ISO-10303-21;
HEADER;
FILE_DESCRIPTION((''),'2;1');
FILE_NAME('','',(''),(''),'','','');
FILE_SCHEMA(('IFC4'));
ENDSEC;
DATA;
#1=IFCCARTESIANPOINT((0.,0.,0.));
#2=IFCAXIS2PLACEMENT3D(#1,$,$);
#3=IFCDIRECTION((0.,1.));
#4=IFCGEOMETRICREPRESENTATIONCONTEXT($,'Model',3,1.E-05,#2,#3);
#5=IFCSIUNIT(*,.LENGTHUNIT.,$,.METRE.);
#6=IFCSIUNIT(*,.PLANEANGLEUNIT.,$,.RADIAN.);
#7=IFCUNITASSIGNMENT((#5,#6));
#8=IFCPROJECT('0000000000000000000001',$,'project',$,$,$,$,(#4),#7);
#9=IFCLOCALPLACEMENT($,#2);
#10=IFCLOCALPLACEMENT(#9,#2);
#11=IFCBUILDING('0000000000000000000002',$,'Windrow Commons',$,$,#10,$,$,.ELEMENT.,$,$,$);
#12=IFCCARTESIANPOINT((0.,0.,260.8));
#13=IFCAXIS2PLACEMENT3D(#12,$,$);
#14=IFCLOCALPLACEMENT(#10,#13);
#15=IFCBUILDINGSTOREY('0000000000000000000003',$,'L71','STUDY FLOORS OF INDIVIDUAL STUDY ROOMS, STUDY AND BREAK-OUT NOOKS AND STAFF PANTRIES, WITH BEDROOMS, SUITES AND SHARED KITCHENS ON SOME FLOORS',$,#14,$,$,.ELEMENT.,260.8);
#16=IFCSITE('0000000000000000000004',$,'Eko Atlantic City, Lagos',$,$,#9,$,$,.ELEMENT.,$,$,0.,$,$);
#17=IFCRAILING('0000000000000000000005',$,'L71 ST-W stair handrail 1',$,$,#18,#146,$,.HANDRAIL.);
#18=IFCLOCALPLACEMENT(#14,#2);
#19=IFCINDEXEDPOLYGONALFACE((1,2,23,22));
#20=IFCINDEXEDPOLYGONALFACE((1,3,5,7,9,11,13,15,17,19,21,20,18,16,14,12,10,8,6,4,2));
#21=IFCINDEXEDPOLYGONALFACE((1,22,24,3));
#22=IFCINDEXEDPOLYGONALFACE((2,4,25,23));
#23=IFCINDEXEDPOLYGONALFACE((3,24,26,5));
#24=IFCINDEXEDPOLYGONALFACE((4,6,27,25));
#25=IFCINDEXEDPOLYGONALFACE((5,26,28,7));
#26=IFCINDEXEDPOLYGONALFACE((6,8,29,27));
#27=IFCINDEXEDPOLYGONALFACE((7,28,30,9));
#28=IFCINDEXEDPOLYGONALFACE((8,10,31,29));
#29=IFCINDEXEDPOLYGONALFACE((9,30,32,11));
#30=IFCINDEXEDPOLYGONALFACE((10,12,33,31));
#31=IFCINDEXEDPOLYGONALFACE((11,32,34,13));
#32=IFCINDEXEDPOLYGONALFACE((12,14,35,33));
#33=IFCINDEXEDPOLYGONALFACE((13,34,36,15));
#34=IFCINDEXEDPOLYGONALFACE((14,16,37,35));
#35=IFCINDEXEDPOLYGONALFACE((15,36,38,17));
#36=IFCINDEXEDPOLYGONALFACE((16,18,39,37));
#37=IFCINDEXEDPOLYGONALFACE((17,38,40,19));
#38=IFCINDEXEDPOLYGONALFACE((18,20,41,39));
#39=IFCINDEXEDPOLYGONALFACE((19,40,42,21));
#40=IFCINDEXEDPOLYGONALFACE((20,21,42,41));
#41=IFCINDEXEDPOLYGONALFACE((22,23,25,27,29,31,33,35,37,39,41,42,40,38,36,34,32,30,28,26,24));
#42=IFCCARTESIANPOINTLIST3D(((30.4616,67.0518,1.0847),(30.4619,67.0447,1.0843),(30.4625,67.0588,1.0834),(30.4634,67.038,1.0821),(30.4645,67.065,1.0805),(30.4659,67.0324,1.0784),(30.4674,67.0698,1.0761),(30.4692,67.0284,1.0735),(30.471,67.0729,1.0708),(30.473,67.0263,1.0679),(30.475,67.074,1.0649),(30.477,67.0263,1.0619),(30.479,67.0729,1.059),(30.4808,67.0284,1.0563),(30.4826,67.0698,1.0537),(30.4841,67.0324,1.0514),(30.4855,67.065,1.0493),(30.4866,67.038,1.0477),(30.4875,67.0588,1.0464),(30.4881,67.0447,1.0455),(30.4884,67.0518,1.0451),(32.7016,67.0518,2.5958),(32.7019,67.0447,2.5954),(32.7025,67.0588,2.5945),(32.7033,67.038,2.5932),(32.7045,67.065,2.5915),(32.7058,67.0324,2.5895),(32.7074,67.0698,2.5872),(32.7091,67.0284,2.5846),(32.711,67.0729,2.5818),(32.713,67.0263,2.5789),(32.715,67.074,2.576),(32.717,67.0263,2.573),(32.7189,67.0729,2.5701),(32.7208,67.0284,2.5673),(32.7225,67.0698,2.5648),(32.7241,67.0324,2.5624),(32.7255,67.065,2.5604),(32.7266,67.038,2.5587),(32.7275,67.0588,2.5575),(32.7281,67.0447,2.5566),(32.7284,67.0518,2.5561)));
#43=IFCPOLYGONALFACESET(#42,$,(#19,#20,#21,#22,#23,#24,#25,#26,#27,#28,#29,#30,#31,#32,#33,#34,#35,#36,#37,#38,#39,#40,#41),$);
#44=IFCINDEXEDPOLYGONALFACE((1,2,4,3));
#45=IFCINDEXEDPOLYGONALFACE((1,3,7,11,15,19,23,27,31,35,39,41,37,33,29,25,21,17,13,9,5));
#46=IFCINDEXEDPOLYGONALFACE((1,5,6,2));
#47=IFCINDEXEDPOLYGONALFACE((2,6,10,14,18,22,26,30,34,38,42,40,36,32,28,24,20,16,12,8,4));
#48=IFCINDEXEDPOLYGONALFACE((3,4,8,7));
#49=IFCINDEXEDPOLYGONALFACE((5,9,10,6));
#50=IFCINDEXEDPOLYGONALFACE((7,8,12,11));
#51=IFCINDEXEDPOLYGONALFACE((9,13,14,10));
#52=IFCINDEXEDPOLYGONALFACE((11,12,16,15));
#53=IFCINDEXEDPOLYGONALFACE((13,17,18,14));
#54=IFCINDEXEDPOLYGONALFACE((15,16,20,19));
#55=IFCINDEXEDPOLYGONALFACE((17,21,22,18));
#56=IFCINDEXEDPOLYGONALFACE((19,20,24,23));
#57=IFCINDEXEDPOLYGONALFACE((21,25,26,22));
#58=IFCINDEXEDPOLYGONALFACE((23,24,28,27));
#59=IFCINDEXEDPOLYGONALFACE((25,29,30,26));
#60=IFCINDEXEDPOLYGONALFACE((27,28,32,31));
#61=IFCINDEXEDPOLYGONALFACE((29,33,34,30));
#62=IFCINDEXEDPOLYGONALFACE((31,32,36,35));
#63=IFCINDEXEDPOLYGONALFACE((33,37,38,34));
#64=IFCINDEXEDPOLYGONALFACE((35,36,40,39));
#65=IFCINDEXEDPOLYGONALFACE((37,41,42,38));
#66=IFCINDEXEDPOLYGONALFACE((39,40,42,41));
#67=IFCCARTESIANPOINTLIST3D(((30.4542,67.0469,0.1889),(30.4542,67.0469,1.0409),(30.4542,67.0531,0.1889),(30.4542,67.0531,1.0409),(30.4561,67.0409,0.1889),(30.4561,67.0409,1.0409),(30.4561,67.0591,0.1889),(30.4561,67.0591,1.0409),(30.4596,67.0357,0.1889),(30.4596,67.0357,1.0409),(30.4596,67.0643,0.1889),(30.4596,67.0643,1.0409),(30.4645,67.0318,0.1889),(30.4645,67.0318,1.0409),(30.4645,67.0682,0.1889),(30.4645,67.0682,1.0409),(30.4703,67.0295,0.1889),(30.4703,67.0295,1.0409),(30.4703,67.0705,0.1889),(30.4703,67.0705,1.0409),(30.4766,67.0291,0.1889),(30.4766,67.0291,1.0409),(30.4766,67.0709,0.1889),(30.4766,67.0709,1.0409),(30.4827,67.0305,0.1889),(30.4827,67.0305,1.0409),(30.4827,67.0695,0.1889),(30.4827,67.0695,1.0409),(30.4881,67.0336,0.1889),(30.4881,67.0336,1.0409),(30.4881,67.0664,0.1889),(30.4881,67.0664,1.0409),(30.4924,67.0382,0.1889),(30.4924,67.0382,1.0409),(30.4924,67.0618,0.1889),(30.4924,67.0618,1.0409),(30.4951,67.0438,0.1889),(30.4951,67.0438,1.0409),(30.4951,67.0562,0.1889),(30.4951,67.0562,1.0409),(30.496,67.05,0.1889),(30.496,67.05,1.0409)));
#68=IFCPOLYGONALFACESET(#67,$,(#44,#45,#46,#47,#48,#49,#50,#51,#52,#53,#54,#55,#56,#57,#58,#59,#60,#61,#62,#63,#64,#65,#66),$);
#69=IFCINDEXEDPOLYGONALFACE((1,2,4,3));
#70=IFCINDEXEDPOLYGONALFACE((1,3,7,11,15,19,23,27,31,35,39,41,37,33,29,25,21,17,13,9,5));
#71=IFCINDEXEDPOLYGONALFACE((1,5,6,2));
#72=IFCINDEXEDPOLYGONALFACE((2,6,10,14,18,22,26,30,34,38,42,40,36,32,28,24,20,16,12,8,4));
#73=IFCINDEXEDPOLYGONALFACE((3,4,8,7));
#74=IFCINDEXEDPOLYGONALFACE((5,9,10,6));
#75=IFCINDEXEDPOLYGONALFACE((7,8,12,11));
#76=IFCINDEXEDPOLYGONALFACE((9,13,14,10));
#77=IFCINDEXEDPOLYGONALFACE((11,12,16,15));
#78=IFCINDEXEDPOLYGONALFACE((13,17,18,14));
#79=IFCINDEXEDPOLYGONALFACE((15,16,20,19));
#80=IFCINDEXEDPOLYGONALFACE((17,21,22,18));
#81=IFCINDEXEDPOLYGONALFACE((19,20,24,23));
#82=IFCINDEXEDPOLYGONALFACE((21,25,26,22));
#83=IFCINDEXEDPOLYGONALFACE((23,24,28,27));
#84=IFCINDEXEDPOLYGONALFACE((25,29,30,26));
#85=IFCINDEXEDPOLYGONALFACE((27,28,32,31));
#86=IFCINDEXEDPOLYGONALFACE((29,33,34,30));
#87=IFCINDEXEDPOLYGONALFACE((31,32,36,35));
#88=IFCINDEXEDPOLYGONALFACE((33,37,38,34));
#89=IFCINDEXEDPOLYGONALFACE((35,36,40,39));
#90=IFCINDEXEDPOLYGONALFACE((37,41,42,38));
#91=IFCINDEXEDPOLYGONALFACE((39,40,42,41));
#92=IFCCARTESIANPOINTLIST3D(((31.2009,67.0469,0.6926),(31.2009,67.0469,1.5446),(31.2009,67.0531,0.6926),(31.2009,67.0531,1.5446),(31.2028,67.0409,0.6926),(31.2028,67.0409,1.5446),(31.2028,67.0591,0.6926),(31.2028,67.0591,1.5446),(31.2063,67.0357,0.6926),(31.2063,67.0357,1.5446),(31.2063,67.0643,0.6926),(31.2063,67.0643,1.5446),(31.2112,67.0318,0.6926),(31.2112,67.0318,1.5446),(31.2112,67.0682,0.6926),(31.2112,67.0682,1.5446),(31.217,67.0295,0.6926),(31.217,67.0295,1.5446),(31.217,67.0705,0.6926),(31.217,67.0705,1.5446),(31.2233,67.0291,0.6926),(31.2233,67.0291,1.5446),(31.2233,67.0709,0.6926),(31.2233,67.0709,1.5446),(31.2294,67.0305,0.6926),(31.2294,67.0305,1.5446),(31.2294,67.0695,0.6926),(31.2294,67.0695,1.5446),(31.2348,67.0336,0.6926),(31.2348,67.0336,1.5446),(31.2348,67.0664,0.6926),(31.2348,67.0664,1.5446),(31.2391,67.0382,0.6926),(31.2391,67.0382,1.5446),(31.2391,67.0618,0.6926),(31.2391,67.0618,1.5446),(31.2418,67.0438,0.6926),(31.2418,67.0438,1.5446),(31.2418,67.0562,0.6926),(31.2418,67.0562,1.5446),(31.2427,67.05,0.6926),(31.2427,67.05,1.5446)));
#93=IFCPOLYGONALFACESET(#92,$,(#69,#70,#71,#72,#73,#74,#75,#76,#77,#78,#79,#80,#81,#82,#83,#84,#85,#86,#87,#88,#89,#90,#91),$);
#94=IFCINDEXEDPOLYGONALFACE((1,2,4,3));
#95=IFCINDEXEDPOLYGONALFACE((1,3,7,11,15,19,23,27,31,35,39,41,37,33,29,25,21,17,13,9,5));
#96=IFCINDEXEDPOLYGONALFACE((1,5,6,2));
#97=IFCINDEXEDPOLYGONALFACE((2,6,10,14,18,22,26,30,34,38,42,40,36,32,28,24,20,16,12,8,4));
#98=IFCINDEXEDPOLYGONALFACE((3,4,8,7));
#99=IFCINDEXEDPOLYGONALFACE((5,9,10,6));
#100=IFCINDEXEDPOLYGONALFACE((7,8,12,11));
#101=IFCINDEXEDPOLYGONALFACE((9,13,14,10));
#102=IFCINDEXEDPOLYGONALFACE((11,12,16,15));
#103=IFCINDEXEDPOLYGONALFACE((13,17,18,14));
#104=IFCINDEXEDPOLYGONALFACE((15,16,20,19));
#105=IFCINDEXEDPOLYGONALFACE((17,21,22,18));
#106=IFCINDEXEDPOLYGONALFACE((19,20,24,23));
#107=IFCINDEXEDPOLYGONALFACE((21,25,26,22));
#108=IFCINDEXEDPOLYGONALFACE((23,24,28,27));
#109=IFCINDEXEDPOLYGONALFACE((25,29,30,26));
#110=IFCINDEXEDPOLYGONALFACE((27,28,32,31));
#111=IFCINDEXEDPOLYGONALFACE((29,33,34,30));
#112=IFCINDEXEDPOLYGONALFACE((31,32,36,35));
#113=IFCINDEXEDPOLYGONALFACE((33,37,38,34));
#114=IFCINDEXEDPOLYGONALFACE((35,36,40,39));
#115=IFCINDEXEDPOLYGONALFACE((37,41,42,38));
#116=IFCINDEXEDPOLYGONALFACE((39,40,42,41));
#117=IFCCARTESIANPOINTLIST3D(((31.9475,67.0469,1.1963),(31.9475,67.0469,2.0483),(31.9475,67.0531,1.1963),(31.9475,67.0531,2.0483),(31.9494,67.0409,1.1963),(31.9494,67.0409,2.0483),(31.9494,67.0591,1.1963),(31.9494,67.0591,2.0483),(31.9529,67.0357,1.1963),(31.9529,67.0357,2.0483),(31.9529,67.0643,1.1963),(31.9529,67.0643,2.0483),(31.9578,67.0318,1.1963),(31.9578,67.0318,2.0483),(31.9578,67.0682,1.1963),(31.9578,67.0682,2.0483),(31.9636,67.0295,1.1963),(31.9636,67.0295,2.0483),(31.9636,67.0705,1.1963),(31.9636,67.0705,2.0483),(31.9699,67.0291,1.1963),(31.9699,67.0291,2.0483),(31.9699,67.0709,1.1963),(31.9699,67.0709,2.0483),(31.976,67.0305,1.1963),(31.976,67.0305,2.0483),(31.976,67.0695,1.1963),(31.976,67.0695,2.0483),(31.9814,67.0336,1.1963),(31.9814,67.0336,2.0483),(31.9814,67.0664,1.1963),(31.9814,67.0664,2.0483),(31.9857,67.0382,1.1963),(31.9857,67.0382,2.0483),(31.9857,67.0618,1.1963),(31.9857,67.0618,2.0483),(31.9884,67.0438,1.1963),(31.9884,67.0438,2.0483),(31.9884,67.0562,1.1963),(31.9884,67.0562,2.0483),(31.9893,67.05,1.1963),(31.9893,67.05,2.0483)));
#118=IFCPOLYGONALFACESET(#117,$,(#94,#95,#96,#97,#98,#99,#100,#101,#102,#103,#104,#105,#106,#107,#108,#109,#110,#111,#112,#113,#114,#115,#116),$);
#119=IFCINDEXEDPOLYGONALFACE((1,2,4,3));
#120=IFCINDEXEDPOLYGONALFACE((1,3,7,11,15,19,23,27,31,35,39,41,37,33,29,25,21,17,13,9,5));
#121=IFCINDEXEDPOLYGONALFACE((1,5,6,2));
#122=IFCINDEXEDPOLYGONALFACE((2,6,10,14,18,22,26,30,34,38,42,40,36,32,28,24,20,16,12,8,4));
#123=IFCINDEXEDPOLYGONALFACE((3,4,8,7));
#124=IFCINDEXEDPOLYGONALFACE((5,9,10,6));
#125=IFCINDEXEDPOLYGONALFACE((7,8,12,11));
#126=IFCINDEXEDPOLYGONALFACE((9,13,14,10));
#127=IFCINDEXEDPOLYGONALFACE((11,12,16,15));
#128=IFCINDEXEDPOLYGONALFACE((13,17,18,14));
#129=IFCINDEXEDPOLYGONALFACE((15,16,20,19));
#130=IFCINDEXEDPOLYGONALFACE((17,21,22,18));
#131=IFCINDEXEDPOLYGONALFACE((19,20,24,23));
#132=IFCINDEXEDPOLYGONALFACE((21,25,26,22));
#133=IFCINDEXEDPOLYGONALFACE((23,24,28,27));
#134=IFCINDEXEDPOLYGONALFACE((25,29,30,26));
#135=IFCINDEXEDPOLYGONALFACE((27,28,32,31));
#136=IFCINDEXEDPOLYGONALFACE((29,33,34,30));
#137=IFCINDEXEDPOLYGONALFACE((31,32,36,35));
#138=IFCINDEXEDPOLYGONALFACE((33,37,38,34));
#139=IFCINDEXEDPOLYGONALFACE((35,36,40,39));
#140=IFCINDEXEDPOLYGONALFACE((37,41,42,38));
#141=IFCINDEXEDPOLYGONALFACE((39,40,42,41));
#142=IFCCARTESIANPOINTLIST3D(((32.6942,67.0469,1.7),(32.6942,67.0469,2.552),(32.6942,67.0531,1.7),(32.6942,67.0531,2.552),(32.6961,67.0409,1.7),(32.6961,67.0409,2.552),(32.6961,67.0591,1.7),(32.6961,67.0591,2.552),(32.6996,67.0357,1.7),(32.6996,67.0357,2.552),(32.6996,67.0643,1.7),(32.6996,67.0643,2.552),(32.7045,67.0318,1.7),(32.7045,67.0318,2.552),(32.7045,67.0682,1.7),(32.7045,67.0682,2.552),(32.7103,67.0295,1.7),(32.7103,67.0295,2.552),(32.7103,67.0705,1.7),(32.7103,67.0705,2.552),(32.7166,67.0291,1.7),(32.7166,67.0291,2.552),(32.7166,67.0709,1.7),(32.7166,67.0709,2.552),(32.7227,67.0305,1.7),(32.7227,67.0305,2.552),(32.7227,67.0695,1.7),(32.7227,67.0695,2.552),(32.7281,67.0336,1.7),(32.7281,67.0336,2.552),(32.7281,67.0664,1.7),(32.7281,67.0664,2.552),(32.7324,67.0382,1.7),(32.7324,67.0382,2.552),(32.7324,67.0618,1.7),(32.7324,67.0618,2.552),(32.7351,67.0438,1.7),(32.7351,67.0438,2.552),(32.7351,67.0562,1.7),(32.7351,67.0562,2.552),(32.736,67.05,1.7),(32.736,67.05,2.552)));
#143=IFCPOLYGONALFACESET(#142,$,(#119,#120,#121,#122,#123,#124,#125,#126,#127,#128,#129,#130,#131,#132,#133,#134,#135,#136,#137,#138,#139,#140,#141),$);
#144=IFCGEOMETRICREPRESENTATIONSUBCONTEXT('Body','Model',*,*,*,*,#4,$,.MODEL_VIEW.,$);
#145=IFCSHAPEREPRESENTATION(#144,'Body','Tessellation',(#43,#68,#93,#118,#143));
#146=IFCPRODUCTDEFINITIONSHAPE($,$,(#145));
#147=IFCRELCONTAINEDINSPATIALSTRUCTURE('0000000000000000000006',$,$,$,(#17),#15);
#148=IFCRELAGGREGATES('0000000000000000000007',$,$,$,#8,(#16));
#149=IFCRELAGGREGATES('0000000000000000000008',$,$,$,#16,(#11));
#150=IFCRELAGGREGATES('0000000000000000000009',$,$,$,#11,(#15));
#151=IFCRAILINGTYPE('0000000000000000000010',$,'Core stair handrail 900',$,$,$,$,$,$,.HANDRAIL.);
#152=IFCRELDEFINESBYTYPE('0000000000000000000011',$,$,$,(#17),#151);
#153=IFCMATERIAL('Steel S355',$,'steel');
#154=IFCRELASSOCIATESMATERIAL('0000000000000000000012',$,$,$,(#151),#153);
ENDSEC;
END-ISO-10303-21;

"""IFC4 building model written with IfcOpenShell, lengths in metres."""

from ifc_helpers import new_model, si_unit, direction, frame, origin, origin_2d, place, context, subcontext, project, spatial, circle, extrude, material, type_object, element, save


model = new_model("IFC4")

# Units and contexts
model_context = context("Model", 3, precision=1e-05, world=origin(), true_north=direction((0.0, 1.0)))
body_context = subcontext(model_context, "Body", "Model", "MODEL_VIEW")
ifc_project = project(units=[si_unit("LENGTHUNIT", "METRE"), si_unit("PLANEANGLEUNIT", "RADIAN")], contexts=[model_context])

# Site, building, storey
site_placement = place(None, origin())
site = spatial("IfcSite", under=ifc_project, at=site_placement, Name="Eko Atlantic City, Lagos", CompositionType="ELEMENT", RefElevation=0.0)
building_placement = place(site_placement, origin())
building = spatial("IfcBuilding", under=site, at=building_placement, Name="Windrow Commons", CompositionType="ELEMENT")
storey_placement = place(building_placement, frame((0.0, 0.0, 260.8)))
storey = spatial("IfcBuildingStorey", under=building, at=storey_placement, Name="L71", Description="STUDY FLOORS OF INDIVIDUAL STUDY ROOMS, STUDY AND BREAK-OUT NOOKS AND STAFF PANTRIES, WITH BEDROOMS, SUITES AND SHARED KITCHENS ON SOME FLOORS", CompositionType="ELEMENT", Elevation=260.8)

# Railing
ifc_material_1 = material(Name="Steel S355", Category="steel")
railing_type_1 = type_object("IfcRailingType", Name="Core stair handrail 900", PredefinedType="HANDRAIL", material=ifc_material_1)
railing_1_placement = place(storey_placement, frame((30.475, 67.05, 0.1889)))
element("IfcRailing", 1, at=railing_1_placement, inside=storey, type_object=railing_type_1, Name="L71 ST-W stair handrail 1", PredefinedType="HANDRAIL", context=body_context, shape_type="SweptSolid", body=[
    extrude(circle(Radius=0.024, at=origin_2d()), frame((0.0, 0.0, 0.876), z_axis=(0.829003, 0.0, 0.559244), x_axis=(0.0, 1.0, 0.0)), (0.0, 0.0, 1.0), 2.702),
    extrude(circle(Radius=0.021, at=origin_2d()), origin(), (0.0, 0.0, 1.0), 0.852),
    extrude(circle(Radius=0.021, at=origin_2d()), frame((0.7467, 0.0, 0.5037)), (0.0, 0.0, 1.0), 0.852),
    extrude(circle(Radius=0.021, at=origin_2d()), frame((1.4933, 0.0, 1.0074)), (0.0, 0.0, 1.0), 0.852),
    extrude(circle(Radius=0.021, at=origin_2d()), frame((2.24, 0.0, 1.5111)), (0.0, 0.0, 1.0), 0.852),
])

save(model, "model.ifc")
